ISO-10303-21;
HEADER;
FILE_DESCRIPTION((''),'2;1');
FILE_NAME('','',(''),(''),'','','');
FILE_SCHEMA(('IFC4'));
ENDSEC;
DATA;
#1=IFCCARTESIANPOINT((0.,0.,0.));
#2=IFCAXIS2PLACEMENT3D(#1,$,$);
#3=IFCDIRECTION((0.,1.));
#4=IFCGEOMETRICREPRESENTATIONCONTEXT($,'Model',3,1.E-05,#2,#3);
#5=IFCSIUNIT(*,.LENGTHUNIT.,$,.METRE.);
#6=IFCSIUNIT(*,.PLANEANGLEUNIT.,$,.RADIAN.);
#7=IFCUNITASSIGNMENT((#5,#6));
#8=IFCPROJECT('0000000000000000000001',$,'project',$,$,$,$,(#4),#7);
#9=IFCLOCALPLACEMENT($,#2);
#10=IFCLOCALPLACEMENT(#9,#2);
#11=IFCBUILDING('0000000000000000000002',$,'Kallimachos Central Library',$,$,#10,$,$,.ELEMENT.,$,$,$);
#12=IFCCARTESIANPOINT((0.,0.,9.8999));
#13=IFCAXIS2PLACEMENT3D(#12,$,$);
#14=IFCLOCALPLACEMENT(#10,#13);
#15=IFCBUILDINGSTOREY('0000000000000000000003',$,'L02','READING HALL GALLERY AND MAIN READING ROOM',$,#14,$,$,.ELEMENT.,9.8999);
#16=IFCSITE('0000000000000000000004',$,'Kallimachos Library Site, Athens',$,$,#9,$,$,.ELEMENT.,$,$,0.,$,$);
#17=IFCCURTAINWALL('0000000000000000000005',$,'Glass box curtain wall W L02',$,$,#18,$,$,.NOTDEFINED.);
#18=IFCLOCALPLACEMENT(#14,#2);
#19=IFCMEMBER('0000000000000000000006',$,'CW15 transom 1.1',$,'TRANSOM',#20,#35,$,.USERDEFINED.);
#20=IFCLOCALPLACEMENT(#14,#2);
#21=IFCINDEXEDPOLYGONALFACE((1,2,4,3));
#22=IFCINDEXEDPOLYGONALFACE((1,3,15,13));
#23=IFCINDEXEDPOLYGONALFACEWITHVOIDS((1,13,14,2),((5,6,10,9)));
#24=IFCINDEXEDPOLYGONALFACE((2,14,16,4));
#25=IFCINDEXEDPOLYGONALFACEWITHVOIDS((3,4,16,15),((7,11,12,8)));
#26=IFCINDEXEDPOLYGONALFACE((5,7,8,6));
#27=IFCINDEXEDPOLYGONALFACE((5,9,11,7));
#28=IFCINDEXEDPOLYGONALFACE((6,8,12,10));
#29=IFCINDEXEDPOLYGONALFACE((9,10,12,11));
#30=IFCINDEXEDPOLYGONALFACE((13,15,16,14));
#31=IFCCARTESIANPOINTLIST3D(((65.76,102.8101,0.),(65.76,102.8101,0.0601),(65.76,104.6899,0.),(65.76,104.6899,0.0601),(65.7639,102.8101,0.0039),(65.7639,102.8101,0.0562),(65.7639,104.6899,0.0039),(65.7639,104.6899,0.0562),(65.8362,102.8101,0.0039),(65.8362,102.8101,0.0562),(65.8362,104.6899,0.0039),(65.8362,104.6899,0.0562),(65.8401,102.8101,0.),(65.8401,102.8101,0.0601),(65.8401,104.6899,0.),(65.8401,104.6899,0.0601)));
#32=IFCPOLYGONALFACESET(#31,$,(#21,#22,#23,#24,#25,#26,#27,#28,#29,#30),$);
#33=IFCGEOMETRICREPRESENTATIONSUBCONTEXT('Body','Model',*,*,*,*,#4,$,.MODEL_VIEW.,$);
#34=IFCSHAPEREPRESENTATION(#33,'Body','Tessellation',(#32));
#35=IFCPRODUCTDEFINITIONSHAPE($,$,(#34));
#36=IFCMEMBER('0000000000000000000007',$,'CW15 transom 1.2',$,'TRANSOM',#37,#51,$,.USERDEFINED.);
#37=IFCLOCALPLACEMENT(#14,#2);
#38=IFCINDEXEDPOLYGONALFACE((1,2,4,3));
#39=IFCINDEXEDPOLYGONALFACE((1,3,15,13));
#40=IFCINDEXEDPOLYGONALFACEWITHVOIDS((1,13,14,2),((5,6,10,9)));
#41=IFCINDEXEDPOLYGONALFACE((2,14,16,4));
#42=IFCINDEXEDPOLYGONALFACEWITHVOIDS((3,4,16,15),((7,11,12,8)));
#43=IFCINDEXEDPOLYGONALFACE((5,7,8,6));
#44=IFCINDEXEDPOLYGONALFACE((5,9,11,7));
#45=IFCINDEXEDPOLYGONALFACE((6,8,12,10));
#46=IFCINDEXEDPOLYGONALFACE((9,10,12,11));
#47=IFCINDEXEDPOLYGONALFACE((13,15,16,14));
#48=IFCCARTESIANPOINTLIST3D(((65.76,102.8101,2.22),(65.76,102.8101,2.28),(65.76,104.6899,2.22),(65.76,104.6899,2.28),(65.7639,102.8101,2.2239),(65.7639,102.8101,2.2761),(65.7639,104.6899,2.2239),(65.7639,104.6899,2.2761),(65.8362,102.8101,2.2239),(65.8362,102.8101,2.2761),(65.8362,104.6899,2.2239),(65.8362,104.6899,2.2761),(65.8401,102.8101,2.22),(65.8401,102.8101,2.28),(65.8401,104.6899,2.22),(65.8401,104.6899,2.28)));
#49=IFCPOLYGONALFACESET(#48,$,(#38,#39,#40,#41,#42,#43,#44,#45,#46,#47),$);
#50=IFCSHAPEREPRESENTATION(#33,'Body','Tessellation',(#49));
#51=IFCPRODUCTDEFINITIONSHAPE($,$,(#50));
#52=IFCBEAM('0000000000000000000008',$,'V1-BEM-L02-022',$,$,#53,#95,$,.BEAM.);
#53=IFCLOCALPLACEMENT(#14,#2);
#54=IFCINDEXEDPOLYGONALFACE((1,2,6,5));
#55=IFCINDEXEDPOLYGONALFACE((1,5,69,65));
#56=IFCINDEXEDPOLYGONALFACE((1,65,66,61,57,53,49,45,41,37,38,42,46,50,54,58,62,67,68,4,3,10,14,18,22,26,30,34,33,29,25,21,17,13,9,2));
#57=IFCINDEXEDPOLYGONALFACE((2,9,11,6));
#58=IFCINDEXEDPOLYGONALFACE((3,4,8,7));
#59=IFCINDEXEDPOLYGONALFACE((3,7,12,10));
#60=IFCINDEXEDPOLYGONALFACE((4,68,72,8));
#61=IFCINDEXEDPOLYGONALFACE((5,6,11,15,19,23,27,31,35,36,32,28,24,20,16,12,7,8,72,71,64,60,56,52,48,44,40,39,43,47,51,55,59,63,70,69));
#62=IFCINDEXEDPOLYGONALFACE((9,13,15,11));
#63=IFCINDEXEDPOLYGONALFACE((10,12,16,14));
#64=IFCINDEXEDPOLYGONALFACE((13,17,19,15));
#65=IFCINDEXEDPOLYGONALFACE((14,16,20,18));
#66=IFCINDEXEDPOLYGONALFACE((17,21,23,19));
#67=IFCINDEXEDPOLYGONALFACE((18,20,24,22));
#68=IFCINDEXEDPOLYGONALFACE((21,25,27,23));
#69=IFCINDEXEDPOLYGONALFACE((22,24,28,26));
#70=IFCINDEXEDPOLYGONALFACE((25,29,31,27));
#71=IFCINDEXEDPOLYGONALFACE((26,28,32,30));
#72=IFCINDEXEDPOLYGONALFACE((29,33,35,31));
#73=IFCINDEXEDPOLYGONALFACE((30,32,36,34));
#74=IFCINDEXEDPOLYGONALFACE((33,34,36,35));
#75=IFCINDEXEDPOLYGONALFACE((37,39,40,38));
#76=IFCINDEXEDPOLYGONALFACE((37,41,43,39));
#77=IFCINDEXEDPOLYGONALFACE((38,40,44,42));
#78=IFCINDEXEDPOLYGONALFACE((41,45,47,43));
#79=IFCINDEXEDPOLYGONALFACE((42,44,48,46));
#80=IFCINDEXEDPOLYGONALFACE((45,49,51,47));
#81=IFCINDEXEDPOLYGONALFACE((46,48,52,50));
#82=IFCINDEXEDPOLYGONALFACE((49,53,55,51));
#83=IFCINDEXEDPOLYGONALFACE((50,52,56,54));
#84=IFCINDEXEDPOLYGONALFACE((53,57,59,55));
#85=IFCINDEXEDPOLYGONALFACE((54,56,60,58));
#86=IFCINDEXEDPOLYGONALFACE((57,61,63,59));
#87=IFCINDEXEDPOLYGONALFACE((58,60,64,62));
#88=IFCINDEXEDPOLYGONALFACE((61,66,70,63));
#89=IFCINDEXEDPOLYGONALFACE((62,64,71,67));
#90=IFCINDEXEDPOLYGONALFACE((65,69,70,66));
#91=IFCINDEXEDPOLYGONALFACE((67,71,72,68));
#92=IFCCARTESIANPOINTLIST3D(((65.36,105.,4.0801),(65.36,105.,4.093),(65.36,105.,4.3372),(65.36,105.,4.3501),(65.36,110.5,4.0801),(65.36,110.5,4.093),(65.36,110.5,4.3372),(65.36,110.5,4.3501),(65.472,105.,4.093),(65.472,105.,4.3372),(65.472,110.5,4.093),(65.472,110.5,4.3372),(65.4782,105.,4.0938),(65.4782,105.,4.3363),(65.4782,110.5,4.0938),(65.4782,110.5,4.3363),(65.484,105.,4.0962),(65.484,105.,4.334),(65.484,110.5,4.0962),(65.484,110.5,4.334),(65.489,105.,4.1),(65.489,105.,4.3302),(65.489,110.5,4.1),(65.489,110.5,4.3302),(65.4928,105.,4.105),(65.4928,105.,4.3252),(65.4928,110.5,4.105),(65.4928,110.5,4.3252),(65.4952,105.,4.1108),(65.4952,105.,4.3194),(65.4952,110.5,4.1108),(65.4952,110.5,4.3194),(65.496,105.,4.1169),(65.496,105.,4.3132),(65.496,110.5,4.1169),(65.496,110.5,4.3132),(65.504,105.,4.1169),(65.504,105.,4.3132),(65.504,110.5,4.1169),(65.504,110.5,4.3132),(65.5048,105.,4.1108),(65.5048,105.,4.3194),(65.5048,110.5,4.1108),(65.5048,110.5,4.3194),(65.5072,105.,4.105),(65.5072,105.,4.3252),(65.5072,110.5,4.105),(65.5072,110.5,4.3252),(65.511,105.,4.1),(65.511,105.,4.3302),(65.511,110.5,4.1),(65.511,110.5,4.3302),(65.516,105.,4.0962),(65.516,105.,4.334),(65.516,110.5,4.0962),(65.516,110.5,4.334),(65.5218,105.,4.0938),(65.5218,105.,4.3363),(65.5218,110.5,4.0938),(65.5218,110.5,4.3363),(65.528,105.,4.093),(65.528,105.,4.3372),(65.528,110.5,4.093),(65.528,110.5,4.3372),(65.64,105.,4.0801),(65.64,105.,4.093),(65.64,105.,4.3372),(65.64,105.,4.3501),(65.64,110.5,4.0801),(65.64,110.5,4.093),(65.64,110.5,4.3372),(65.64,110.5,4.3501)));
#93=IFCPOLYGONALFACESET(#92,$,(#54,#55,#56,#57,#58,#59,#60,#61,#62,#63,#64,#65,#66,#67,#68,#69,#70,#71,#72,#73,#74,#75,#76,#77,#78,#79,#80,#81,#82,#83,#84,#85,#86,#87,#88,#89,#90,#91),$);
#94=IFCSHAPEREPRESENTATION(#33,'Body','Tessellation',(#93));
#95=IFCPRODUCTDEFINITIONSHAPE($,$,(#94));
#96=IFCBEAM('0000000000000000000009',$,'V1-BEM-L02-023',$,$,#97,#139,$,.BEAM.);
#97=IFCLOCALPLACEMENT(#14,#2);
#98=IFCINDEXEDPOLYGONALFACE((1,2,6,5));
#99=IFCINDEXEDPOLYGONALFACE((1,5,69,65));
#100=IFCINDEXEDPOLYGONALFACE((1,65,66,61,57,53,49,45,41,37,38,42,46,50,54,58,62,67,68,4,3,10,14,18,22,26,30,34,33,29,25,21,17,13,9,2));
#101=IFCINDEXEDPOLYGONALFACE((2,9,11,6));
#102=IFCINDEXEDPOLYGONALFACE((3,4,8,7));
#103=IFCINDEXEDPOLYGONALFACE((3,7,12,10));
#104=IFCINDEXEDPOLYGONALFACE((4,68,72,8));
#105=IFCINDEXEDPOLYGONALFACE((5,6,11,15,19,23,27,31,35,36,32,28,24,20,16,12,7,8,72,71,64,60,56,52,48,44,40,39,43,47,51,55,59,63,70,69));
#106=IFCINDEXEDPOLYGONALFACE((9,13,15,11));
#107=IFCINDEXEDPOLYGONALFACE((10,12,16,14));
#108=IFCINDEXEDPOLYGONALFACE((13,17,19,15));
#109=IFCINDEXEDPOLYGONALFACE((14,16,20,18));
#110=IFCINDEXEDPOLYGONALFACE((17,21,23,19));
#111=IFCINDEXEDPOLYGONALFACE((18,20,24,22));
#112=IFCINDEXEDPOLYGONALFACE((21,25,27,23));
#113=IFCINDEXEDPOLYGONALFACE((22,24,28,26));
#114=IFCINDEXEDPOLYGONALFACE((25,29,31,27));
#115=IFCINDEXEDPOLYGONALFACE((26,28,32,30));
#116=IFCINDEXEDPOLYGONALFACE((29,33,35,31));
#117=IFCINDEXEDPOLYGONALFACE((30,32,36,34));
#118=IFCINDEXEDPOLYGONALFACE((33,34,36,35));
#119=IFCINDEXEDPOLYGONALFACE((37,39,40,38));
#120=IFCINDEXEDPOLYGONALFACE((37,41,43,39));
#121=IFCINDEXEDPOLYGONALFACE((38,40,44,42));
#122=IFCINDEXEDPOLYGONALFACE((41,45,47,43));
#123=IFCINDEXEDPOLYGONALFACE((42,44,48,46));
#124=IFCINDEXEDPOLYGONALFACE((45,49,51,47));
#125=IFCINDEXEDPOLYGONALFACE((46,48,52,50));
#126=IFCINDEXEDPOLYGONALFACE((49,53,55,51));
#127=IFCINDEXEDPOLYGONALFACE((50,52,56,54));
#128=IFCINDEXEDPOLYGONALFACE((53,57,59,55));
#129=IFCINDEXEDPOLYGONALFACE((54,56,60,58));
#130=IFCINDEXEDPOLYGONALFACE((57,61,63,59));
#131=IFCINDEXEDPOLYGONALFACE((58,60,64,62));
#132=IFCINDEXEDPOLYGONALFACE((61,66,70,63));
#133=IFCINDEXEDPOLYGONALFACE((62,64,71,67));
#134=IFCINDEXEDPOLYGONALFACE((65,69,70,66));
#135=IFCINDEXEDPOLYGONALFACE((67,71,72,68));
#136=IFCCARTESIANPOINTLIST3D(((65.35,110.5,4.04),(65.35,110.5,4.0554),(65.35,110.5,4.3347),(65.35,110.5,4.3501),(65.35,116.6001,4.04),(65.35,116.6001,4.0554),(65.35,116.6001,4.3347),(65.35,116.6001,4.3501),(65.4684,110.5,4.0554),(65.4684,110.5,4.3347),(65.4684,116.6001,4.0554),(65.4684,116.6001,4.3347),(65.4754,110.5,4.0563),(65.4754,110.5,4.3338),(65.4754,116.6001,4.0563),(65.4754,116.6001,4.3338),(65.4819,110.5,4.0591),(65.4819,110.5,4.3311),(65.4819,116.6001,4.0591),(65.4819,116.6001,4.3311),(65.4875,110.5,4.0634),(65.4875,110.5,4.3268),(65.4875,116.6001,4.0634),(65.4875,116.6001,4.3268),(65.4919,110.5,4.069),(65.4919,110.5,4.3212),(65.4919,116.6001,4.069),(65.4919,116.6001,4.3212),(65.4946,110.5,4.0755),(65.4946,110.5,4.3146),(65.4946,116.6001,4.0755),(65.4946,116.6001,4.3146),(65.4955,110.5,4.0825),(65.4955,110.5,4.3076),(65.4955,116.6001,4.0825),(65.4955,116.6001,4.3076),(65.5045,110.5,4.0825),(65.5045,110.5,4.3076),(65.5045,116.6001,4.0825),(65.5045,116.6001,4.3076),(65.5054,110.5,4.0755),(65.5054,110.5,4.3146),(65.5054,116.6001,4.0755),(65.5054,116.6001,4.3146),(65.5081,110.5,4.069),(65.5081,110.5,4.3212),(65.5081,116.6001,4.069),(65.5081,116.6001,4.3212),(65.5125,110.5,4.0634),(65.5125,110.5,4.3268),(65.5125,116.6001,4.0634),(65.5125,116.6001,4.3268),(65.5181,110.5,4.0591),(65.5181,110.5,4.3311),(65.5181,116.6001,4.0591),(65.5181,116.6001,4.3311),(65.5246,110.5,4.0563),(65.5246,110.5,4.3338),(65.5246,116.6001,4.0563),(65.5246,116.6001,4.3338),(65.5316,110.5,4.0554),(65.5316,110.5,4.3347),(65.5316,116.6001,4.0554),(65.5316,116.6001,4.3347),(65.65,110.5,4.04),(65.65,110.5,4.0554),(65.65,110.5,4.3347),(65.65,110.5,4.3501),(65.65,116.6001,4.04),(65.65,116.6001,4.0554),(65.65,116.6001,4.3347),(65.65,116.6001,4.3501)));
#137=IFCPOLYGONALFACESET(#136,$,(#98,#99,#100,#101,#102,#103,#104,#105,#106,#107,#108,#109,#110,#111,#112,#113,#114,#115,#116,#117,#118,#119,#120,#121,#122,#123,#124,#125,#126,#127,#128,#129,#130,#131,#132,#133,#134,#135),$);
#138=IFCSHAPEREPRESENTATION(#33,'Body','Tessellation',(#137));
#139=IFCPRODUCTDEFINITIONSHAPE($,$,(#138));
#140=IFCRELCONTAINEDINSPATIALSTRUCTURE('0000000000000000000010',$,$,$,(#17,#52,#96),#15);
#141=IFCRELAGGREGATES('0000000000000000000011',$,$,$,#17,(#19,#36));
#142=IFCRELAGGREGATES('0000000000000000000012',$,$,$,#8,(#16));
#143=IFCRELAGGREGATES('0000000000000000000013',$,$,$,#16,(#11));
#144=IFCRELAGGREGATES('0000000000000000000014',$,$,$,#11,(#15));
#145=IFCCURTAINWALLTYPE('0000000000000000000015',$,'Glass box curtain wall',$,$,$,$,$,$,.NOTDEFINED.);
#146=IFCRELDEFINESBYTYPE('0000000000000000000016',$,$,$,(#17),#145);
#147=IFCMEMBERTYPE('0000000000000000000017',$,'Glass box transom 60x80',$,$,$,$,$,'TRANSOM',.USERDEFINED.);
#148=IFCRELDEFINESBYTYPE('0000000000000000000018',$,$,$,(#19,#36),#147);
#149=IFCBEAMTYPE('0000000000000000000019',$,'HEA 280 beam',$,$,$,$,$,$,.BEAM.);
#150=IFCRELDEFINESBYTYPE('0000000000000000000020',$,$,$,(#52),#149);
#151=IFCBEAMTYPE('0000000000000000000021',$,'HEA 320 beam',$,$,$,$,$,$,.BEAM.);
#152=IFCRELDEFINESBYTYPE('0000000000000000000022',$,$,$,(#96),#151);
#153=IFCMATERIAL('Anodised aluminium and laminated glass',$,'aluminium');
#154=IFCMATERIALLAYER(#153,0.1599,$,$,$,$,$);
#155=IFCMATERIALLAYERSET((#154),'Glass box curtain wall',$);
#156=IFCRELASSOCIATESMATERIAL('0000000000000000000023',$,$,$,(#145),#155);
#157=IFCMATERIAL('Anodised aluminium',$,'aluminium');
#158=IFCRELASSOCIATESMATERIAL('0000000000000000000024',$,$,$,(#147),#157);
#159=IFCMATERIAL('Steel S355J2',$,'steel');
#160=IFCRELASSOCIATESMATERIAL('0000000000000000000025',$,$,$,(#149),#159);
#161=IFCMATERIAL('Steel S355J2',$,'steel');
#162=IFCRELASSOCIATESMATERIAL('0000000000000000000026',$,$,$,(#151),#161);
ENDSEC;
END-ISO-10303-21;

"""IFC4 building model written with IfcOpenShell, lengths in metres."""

from ifc_helpers import new_model, si_unit, direction, frame, origin, origin_2d, place, context, subcontext, project, spatial, hollow_rectangle, i_section, extrude, material, layer, layer_set, material_profile, profile_set, type_object, element, aggregate, save


model = new_model("IFC4")

# Units and contexts
model_context = context("Model", 3, precision=1e-05, world=origin(), true_north=direction((0.0, 1.0)))
body_context = subcontext(model_context, "Body", "Model", "MODEL_VIEW")
ifc_project = project(units=[si_unit("LENGTHUNIT", "METRE"), si_unit("PLANEANGLEUNIT", "RADIAN")], contexts=[model_context])

# Site, building, storey
site_placement = place(None, origin())
site = spatial("IfcSite", under=ifc_project, at=site_placement, Name="Kallimachos Library Site, Athens", CompositionType="ELEMENT", RefElevation=0.0)
building_placement = place(site_placement, origin())
building = spatial("IfcBuilding", under=site, at=building_placement, Name="Kallimachos Central Library", CompositionType="ELEMENT")
storey_placement = place(building_placement, frame((0.0, 0.0, 9.8999)))
storey = spatial("IfcBuildingStorey", under=building, at=storey_placement, Name="L02", Description="READING HALL GALLERY AND MAIN READING ROOM", CompositionType="ELEMENT", Elevation=9.8999)

# Curtain wall, members
ifc_material_1 = material(Name="Anodised aluminium and laminated glass", Category="aluminium")
ifc_layer_1 = layer(ifc_material_1, 0.1599)
ifc_layer_set_1 = layer_set([ifc_layer_1], Name="Glass box curtain wall")
curtain_wall_type_1 = type_object("IfcCurtainWallType", Name="Glass box curtain wall", PredefinedType="NOTDEFINED", material=ifc_layer_set_1)
curtain_wall_1_placement = place(storey_placement, origin())
curtain_wall_1 = element("IfcCurtainWall", 1, at=curtain_wall_1_placement, inside=storey, type_object=curtain_wall_type_1, Name="Glass box curtain wall W L02", PredefinedType="NOTDEFINED")
ifc_material_2 = material(Name="Anodised aluminium", Category="aluminium")
ifc_material_profile_1 = material_profile(ifc_material_2, hollow_rectangle(XDim=0.0601, YDim=0.0801, WallThickness=0.0039, at=origin_2d()), Name="ALU TRANSOM 60x80")
ifc_profile_set_1 = profile_set([ifc_material_profile_1], Name="Anodised aluminium")
member_type_1 = type_object("IfcMemberType", Name="Glass box transom 60x80", ElementType="TRANSOM", PredefinedType="USERDEFINED", material=ifc_profile_set_1)
member_1_placement = place(storey_placement, frame((65.8, 102.8101, 0.03), z_axis=(0.0, 1.0, 0.0), x_axis=(0.0, 0.0, 1.0)))
member_1 = element("IfcMember", 2, at=member_1_placement, type_object=member_type_1, Name="CW15 transom 1.1", ObjectType="TRANSOM", PredefinedType="USERDEFINED", context=body_context, shape_type="SweptSolid", body=[
    extrude(hollow_rectangle(XDim=0.0601, YDim=0.0801, WallThickness=0.0039, at=origin_2d()), origin(), (0.0, 0.0, 1.0), 1.8799),
])
member_2_placement = place(storey_placement, frame((65.8, 102.8101, 2.25), z_axis=(0.0, 1.0, 0.0), x_axis=(0.0, 0.0, 1.0)))
member_2 = element("IfcMember", 3, at=member_2_placement, type_object=member_type_1, Name="CW15 transom 1.2", ObjectType="TRANSOM", PredefinedType="USERDEFINED", context=body_context, shape_type="SweptSolid", body=[
    extrude(hollow_rectangle(XDim=0.0601, YDim=0.0801, WallThickness=0.0039, at=origin_2d()), origin(), (0.0, 0.0, 1.0), 1.8799),
])
aggregate(curtain_wall_1, [member_1, member_2])

# Beams
ifc_material_3 = material(Name="Steel S355J2", Category="steel")
ifc_material_profile_2 = material_profile(ifc_material_3, i_section(OverallWidth=0.28, OverallDepth=0.27, WebThickness=0.0081, FlangeThickness=0.0129, FilletRadius=0.0239, at=origin_2d()), Name="HEA 280")
ifc_profile_set_2 = profile_set([ifc_material_profile_2], Name="Steel S355J2")
beam_type_1 = type_object("IfcBeamType", Name="HEA 280 beam", PredefinedType="BEAM", material=ifc_profile_set_2)
beam_1_placement = place(storey_placement, frame((65.5, 105.0, 4.2151), z_axis=(0.0, 1.0, 0.0), x_axis=(-1.0, 0.0, 0.0)))
element("IfcBeam", 4, at=beam_1_placement, inside=storey, type_object=beam_type_1, Name="V1-BEM-L02-022", PredefinedType="BEAM", context=body_context, shape_type="SweptSolid", body=[
    extrude(i_section(OverallWidth=0.28, OverallDepth=0.27, WebThickness=0.0081, FlangeThickness=0.0129, FilletRadius=0.0239, at=origin_2d()), origin(), (0.0, 0.0, 1.0), 5.5),
])
ifc_material_4 = material(Name="Steel S355J2", Category="steel")
ifc_material_profile_3 = material_profile(ifc_material_4, i_section(OverallWidth=0.3, OverallDepth=0.3101, WebThickness=0.009, FlangeThickness=0.0154, FilletRadius=0.0271, at=origin_2d()), Name="HEA 320")
ifc_profile_set_3 = profile_set([ifc_material_profile_3], Name="Steel S355J2")
beam_type_2 = type_object("IfcBeamType", Name="HEA 320 beam", PredefinedType="BEAM", material=ifc_profile_set_3)
beam_2_placement = place(storey_placement, frame((65.5, 110.5, 4.1951), z_axis=(0.0, 1.0, 0.0), x_axis=(-1.0, 0.0, 0.0)))
element("IfcBeam", 5, at=beam_2_placement, inside=storey, type_object=beam_type_2, Name="V1-BEM-L02-023", PredefinedType="BEAM", context=body_context, shape_type="SweptSolid", body=[
    extrude(i_section(OverallWidth=0.3, OverallDepth=0.3101, WebThickness=0.009, FlangeThickness=0.0154, FilletRadius=0.0271, at=origin_2d()), origin(), (0.0, 0.0, 1.0), 6.1001),
])

save(model, "model.ifc")
